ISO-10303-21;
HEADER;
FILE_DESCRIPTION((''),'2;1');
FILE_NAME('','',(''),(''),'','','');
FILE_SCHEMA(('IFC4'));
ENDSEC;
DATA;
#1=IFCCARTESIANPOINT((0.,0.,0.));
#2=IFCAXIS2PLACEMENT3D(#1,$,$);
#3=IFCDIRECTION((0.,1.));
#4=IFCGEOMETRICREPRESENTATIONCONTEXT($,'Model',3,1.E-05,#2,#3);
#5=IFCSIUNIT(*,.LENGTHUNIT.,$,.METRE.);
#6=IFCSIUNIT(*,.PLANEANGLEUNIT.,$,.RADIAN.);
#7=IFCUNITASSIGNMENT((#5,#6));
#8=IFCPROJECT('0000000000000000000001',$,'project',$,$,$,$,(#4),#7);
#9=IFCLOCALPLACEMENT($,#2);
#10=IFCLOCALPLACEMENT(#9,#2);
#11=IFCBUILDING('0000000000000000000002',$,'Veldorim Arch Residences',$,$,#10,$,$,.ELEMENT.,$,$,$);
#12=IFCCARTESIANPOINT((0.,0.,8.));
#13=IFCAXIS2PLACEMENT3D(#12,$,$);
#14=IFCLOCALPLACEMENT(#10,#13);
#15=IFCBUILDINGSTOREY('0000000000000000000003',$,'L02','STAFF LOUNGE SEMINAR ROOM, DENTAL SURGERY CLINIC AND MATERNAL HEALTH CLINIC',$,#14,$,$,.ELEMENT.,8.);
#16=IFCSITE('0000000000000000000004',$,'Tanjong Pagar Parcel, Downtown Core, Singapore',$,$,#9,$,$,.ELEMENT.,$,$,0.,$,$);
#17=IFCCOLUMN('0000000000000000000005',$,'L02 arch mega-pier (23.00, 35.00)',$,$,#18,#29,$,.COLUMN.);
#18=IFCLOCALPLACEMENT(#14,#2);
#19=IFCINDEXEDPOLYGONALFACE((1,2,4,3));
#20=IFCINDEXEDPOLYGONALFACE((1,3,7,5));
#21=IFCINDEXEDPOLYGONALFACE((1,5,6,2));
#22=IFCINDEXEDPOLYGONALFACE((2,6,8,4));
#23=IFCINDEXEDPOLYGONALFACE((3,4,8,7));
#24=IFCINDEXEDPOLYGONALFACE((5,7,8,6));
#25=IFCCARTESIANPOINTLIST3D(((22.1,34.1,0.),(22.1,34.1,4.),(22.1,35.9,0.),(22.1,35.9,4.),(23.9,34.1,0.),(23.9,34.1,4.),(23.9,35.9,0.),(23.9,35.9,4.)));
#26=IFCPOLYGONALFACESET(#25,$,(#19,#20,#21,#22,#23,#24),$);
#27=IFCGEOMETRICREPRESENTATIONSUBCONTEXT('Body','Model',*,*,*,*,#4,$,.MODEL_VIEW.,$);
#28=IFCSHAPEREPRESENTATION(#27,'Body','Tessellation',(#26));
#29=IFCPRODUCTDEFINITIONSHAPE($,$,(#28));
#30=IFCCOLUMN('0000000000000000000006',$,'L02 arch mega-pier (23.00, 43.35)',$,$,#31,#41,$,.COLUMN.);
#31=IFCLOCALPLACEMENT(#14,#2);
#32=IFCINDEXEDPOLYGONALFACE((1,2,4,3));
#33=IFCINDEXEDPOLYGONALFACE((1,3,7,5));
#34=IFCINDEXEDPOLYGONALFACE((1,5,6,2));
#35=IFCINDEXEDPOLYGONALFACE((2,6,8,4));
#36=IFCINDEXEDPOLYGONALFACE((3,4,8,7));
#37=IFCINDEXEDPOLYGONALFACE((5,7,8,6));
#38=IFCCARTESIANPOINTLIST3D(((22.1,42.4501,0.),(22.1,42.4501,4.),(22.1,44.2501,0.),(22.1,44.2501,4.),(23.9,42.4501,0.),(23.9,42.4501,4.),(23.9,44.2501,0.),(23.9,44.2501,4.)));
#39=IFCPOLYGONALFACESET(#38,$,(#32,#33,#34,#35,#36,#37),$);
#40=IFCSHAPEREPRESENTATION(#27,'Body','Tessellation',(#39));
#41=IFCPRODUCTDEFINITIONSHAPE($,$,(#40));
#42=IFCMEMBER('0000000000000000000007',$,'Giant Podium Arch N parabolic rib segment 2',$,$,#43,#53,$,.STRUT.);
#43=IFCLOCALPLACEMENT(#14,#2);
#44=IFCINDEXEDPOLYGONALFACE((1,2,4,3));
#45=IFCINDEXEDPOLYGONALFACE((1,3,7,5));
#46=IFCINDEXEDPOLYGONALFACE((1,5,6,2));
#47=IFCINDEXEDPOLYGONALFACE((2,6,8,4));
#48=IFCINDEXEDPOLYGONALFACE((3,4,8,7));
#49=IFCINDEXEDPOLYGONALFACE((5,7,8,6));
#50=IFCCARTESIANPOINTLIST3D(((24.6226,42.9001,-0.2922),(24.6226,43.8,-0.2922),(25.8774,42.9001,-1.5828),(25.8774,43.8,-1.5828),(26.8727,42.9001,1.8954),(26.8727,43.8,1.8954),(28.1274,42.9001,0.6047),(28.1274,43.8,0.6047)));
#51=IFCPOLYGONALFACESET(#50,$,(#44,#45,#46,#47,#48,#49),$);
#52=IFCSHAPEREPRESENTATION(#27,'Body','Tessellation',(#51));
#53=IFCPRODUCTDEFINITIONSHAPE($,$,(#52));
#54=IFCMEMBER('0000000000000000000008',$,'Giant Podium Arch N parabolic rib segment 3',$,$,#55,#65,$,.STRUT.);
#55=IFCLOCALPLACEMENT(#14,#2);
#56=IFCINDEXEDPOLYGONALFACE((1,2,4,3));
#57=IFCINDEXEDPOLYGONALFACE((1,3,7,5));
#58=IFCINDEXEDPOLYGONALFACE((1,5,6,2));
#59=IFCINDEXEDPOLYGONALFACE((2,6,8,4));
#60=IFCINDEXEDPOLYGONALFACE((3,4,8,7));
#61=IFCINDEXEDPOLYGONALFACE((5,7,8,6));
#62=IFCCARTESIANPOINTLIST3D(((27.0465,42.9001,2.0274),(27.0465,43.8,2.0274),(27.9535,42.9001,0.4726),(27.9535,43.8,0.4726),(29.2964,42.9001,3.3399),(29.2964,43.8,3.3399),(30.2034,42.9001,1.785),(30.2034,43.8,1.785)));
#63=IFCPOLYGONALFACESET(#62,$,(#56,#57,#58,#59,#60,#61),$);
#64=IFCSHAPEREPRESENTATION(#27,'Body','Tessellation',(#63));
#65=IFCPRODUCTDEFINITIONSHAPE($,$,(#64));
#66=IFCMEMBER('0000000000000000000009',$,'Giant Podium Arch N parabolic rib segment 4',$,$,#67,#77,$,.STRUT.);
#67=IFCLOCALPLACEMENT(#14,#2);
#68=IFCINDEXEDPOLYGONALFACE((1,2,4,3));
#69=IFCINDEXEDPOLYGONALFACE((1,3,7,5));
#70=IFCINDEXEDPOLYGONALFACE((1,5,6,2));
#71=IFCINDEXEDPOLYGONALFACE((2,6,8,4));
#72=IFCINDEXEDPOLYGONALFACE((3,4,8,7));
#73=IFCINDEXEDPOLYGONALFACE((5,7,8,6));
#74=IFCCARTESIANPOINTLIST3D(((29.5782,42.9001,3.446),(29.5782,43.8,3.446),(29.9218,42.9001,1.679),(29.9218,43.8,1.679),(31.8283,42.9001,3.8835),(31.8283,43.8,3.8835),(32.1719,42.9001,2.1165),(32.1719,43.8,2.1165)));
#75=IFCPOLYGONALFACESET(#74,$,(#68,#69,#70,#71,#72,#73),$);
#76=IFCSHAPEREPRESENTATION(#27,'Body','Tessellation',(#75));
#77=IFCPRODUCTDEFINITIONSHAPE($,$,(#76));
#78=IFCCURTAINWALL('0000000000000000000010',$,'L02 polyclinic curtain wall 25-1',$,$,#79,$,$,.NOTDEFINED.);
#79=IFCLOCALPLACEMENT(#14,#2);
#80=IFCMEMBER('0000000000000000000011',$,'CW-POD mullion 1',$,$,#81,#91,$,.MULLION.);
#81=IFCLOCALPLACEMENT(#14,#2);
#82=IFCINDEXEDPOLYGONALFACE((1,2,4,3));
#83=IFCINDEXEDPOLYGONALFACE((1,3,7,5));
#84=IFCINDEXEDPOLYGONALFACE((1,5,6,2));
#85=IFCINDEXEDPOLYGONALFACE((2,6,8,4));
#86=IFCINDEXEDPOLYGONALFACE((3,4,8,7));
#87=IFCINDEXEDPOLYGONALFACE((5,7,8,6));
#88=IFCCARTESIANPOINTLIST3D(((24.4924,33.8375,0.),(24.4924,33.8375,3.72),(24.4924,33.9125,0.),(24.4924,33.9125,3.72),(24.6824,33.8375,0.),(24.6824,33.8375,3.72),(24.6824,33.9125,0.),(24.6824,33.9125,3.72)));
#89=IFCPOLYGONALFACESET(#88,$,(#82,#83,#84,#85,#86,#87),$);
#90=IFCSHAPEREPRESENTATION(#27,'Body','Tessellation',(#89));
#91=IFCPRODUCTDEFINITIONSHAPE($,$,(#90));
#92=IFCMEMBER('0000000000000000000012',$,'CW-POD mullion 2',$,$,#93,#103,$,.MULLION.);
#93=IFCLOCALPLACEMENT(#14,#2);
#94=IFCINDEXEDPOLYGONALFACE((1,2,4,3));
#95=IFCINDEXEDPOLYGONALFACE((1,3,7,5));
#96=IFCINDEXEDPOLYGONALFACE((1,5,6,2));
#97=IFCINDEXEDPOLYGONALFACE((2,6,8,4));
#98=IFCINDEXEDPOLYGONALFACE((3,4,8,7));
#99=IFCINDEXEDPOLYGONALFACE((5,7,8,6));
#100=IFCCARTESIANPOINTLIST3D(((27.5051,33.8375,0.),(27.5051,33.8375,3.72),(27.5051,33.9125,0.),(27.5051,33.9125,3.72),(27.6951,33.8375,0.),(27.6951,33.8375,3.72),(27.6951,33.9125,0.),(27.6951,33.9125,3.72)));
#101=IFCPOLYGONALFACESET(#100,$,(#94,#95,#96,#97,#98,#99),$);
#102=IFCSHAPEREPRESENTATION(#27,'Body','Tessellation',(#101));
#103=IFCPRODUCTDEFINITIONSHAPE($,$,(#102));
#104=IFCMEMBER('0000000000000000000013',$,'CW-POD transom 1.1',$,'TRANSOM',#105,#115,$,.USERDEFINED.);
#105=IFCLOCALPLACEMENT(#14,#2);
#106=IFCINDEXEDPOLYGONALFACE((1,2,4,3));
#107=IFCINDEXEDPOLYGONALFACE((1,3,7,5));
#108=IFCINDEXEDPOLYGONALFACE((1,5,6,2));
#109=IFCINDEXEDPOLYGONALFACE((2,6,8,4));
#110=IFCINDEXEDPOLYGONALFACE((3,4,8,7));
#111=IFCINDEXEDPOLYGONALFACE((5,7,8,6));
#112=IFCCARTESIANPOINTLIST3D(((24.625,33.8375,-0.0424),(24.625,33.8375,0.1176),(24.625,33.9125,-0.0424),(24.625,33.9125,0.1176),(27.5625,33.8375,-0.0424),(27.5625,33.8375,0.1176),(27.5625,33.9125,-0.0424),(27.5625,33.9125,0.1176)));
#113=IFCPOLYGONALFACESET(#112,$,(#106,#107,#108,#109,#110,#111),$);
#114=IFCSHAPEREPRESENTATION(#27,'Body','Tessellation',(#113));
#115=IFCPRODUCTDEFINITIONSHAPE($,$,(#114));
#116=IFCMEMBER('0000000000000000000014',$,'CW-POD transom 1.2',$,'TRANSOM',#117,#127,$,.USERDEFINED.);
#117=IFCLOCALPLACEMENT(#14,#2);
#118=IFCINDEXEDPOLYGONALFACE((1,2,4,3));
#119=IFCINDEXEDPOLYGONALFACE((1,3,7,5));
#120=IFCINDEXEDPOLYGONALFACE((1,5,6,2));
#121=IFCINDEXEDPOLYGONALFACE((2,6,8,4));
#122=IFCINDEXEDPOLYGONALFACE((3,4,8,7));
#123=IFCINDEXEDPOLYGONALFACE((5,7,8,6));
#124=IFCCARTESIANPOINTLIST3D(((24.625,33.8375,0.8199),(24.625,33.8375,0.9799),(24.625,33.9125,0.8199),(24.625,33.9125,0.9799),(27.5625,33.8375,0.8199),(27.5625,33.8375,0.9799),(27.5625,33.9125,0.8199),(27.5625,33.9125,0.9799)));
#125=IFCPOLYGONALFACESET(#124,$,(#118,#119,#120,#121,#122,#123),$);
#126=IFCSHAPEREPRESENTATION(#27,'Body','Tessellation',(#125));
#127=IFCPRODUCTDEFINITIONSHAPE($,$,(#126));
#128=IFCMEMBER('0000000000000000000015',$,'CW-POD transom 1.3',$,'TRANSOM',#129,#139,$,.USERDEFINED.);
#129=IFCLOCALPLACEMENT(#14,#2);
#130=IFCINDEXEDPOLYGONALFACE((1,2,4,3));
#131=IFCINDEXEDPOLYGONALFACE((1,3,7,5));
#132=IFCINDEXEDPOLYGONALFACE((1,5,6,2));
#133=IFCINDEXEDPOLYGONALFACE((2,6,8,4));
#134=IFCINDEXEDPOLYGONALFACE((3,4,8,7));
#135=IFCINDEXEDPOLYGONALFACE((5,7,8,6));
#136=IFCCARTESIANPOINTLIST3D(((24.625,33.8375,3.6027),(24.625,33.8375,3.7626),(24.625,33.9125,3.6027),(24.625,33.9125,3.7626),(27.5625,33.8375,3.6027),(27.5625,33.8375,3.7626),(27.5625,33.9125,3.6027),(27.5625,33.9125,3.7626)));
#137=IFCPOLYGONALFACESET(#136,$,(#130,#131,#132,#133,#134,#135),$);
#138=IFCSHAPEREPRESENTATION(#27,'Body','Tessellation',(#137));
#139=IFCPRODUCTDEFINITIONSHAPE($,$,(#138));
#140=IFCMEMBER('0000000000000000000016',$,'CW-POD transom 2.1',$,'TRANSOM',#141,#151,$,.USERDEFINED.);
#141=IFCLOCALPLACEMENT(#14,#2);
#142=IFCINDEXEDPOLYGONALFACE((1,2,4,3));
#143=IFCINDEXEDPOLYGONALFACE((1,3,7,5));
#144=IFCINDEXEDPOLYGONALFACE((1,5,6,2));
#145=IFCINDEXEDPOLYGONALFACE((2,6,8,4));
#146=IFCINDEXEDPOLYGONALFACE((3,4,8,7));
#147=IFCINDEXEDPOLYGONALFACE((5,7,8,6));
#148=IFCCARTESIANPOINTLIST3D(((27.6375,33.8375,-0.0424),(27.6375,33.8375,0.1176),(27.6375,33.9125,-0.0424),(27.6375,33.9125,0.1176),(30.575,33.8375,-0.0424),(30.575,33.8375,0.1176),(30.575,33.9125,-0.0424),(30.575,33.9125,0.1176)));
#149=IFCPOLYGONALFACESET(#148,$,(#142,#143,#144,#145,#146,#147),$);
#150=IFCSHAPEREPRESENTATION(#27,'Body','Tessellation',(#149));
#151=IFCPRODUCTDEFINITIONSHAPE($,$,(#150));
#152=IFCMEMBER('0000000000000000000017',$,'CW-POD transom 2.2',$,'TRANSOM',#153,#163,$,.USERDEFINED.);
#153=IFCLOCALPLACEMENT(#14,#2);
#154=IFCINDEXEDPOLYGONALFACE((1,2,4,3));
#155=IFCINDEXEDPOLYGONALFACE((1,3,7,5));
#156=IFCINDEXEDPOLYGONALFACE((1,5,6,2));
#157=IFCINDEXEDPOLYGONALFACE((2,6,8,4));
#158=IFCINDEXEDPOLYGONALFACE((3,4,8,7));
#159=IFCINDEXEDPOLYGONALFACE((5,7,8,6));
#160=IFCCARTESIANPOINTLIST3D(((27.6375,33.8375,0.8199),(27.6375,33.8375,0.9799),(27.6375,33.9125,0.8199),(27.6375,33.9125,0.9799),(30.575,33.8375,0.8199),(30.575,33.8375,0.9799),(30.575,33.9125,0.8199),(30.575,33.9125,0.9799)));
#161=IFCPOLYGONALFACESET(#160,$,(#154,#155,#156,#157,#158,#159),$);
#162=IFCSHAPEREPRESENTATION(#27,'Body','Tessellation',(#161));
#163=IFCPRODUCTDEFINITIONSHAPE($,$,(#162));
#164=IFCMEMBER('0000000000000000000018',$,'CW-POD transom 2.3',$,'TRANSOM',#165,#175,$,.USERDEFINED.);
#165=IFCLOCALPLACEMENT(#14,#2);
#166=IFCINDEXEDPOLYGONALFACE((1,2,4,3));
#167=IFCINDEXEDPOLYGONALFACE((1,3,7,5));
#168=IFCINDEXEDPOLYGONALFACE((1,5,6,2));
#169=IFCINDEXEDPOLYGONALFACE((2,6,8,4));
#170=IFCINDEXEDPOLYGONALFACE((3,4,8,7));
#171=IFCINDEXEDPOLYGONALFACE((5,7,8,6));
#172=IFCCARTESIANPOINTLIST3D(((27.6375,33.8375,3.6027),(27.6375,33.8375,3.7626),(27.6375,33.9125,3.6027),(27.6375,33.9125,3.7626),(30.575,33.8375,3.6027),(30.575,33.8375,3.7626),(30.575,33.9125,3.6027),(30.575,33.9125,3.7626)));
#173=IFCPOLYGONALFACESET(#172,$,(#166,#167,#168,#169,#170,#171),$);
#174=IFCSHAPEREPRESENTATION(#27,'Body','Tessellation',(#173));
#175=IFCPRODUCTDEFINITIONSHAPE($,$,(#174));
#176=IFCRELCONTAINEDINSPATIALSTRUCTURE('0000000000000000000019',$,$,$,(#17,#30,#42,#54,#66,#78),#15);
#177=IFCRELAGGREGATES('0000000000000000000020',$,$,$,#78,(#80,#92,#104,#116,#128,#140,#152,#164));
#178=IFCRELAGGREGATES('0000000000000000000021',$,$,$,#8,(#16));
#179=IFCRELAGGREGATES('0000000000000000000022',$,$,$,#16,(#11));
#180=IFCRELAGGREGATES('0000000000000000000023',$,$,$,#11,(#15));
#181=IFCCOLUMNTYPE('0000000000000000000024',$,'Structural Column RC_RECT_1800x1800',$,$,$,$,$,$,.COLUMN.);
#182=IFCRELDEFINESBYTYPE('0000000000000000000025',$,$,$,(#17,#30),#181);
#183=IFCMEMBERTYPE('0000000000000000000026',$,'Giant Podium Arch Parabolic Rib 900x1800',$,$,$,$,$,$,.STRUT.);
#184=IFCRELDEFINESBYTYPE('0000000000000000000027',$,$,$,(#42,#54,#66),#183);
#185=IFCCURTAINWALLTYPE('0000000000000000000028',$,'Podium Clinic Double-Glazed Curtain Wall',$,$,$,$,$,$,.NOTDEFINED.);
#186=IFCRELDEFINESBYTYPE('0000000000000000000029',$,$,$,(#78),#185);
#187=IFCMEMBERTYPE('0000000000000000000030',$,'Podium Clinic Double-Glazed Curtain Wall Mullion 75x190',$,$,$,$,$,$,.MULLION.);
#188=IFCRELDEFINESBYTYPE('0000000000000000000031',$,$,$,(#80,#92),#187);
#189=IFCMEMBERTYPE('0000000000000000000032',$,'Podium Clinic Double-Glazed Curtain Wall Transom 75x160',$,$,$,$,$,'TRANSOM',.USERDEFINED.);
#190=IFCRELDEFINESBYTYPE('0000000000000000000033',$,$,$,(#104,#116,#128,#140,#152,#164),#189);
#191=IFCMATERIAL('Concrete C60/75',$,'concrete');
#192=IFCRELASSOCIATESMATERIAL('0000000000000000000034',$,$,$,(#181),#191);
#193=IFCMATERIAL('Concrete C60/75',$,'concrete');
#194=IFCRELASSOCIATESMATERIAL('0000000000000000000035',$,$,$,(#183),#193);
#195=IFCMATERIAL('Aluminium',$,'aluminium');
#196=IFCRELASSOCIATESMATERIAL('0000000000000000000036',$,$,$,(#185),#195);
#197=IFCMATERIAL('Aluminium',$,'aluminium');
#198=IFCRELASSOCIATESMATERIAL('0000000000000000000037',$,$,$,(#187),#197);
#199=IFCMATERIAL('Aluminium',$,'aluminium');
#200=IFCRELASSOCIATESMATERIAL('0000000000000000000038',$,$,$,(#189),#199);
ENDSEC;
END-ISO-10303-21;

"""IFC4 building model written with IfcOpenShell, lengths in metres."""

from ifc_helpers import new_model, si_unit, direction, frame, origin, origin_2d, place, context, subcontext, project, spatial, rectangle, extrude, material, material_profile, profile_set, type_object, element, aggregate, save


model = new_model("IFC4")

# Units and contexts
model_context = context("Model", 3, precision=1e-05, world=origin(), true_north=direction((0.0, 1.0)))
body_context = subcontext(model_context, "Body", "Model", "MODEL_VIEW")
ifc_project = project(units=[si_unit("LENGTHUNIT", "METRE"), si_unit("PLANEANGLEUNIT", "RADIAN")], contexts=[model_context])

# Site, building, storey
site_placement = place(None, origin())
site = spatial("IfcSite", under=ifc_project, at=site_placement, Name="Tanjong Pagar Parcel, Downtown Core, Singapore", CompositionType="ELEMENT", RefElevation=0.0)
building_placement = place(site_placement, origin())
building = spatial("IfcBuilding", under=site, at=building_placement, Name="Veldorim Arch Residences", CompositionType="ELEMENT")
storey_placement = place(building_placement, frame((0.0, 0.0, 8.0)))
storey = spatial("IfcBuildingStorey", under=building, at=storey_placement, Name="L02", Description="STAFF LOUNGE SEMINAR ROOM, DENTAL SURGERY CLINIC AND MATERNAL HEALTH CLINIC", CompositionType="ELEMENT", Elevation=8.0)

# Columns
ifc_material_1 = material(Name="Concrete C60/75", Category="concrete")
ifc_material_profile_1 = material_profile(ifc_material_1, rectangle(XDim=1.8, YDim=1.8, at=origin_2d()), Name="RC_RECT_1800x1800")
ifc_profile_set_1 = profile_set([ifc_material_profile_1], Name="Concrete C60/75")
column_type = type_object("IfcColumnType", Name="Structural Column RC_RECT_1800x1800", PredefinedType="COLUMN", material=ifc_profile_set_1)
for number, where, z_axis, x_axis, name in (
    (1, (23.0, 35.0, 0.0), (0.0, 0.0, 1.0), (1.0, 0.0, 0.0), "L02 arch mega-pier (23.00, 35.00)"),
    (2, (23.0, 43.3501, 0.0), (0.0, 0.0, 1.0), (1.0, 0.0, 0.0), "L02 arch mega-pier (23.00, 43.35)"),
):
    element("IfcColumn", number, at=place(storey_placement, frame(where, z_axis=z_axis, x_axis=x_axis)), inside=storey, type_object=column_type, Name=name, PredefinedType="COLUMN", context=body_context, shape_type="SweptSolid", body=[
        extrude(rectangle(XDim=1.8, YDim=1.8, at=origin_2d()), origin(), (0.0, 0.0, 1.0), 4.0),
    ])

# Members
ifc_material_2 = material(Name="Concrete C60/75", Category="concrete")
ifc_material_profile_2 = material_profile(ifc_material_2, rectangle(XDim=0.8999, YDim=1.8, at=origin_2d()), Name="RC_RECT_900x1800")
ifc_profile_set_2 = profile_set([ifc_material_profile_2], Name="Concrete C60/75")
member_type_1 = type_object("IfcMemberType", Name="Giant Podium Arch Parabolic Rib 900x1800", PredefinedType="STRUT", material=ifc_profile_set_2)
member_1_placement = place(storey_placement, frame((25.25, 43.3501, -0.9375), z_axis=(0.716995, 0.0, 0.697078), x_axis=(0.0, 1.0, 0.0)))
element("IfcMember", 3, at=member_1_placement, inside=storey, type_object=member_type_1, Name="Giant Podium Arch N parabolic rib segment 2", PredefinedType="STRUT", context=body_context, shape_type="SweptSolid", body=[
    extrude(rectangle(XDim=0.8999, YDim=1.8, at=origin_2d()), origin(), (0.0, 0.0, 1.0), 3.1382),
])
member_2_placement = place(storey_placement, frame((27.5, 43.3501, 1.25), z_axis=(0.863779, 0.0, 0.503871), x_axis=(0.0, 1.0, 0.0)))
element("IfcMember", 4, at=member_2_placement, inside=storey, type_object=member_type_1, Name="Giant Podium Arch N parabolic rib segment 3", PredefinedType="STRUT", context=body_context, shape_type="SweptSolid", body=[
    extrude(rectangle(XDim=0.8999, YDim=1.8, at=origin_2d()), origin(), (0.0, 0.0, 1.0), 2.6047),
])
member_3_placement = place(storey_placement, frame((29.75, 43.3501, 2.5625), z_axis=(0.981615, 0.0, 0.19087), x_axis=(0.0, 1.0, 0.0)))
element("IfcMember", 5, at=member_3_placement, inside=storey, type_object=member_type_1, Name="Giant Podium Arch N parabolic rib segment 4", PredefinedType="STRUT", context=body_context, shape_type="SweptSolid", body=[
    extrude(rectangle(XDim=0.8999, YDim=1.8, at=origin_2d()), origin(), (0.0, 0.0, 1.0), 2.2922),
])

# Curtain wall, members
ifc_material_3 = material(Name="Aluminium", Category="aluminium")
curtain_wall_type = type_object("IfcCurtainWallType", Name="Podium Clinic Double-Glazed Curtain Wall", PredefinedType="NOTDEFINED", material=ifc_material_3)
curtain_wall_placement = place(storey_placement, origin())
curtain_wall = element("IfcCurtainWall", 6, at=curtain_wall_placement, inside=storey, type_object=curtain_wall_type, Name="L02 polyclinic curtain wall 25-1", PredefinedType="NOTDEFINED")
ifc_material_4 = material(Name="Aluminium", Category="aluminium")
ifc_material_profile_3 = material_profile(ifc_material_4, rectangle(XDim=0.075, YDim=0.1899, at=origin_2d()), Name="ALU_MUL_75x190")
ifc_profile_set_3 = profile_set([ifc_material_profile_3], Name="Aluminium")
member_type_2 = type_object("IfcMemberType", Name="Podium Clinic Double-Glazed Curtain Wall Mullion 75x190", PredefinedType="MULLION", material=ifc_profile_set_3)
member_4_placement = place(storey_placement, frame((24.5874, 33.875, 0.0), z_axis=(0.0, 0.0, 1.0), x_axis=(0.0, 1.0, 0.0)))
member_4 = element("IfcMember", 7, at=member_4_placement, type_object=member_type_2, Name="CW-POD mullion 1", PredefinedType="MULLION", context=body_context, shape_type="SweptSolid", body=[
    extrude(rectangle(XDim=0.075, YDim=0.1899, at=origin_2d()), origin(), (0.0, 0.0, 1.0), 3.72),
])
member_5_placement = place(storey_placement, frame((27.6001, 33.875, 0.0), z_axis=(0.0, 0.0, 1.0), x_axis=(0.0, 1.0, 0.0)))
member_5 = element("IfcMember", 8, at=member_5_placement, type_object=member_type_2, Name="CW-POD mullion 2", PredefinedType="MULLION", context=body_context, shape_type="SweptSolid", body=[
    extrude(rectangle(XDim=0.075, YDim=0.1899, at=origin_2d()), origin(), (0.0, 0.0, 1.0), 3.72),
])
ifc_material_5 = material(Name="Aluminium", Category="aluminium")
ifc_material_profile_4 = material_profile(ifc_material_5, rectangle(XDim=0.075, YDim=0.1599, at=origin_2d()), Name="ALU_TRN_75x160")
ifc_profile_set_4 = profile_set([ifc_material_profile_4], Name="Aluminium")
member_type_3 = type_object("IfcMemberType", Name="Podium Clinic Double-Glazed Curtain Wall Transom 75x160", ElementType="TRANSOM", PredefinedType="USERDEFINED", material=ifc_profile_set_4)
member_6_placement = place(storey_placement, frame((24.625, 33.875, 0.0376), z_axis=(1.0, 0.0, 0.0), x_axis=(0.0, 1.0, 0.0)))
member_6 = element("IfcMember", 9, at=member_6_placement, type_object=member_type_3, Name="CW-POD transom 1.1", ObjectType="TRANSOM", PredefinedType="USERDEFINED", context=body_context, shape_type="SweptSolid", body=[
    extrude(rectangle(XDim=0.075, YDim=0.1599, at=origin_2d()), origin(), (0.0, 0.0, 1.0), 2.9375),
])
member_7_placement = place(storey_placement, frame((24.625, 33.875, 0.8999), z_axis=(1.0, 0.0, 0.0), x_axis=(0.0, 1.0, 0.0)))
member_7 = element("IfcMember", 10, at=member_7_placement, type_object=member_type_3, Name="CW-POD transom 1.2", ObjectType="TRANSOM", PredefinedType="USERDEFINED", context=body_context, shape_type="SweptSolid", body=[
    extrude(rectangle(XDim=0.075, YDim=0.1599, at=origin_2d()), origin(), (0.0, 0.0, 1.0), 2.9375),
])
member_8_placement = place(storey_placement, frame((24.625, 33.875, 3.6826), z_axis=(1.0, 0.0, 0.0), x_axis=(0.0, 1.0, 0.0)))
member_8 = element("IfcMember", 11, at=member_8_placement, type_object=member_type_3, Name="CW-POD transom 1.3", ObjectType="TRANSOM", PredefinedType="USERDEFINED", context=body_context, shape_type="SweptSolid", body=[
    extrude(rectangle(XDim=0.075, YDim=0.1599, at=origin_2d()), origin(), (0.0, 0.0, 1.0), 2.9375),
])
member_9_placement = place(storey_placement, frame((27.6375, 33.875, 0.0376), z_axis=(1.0, 0.0, 0.0), x_axis=(0.0, 1.0, 0.0)))
member_9 = element("IfcMember", 12, at=member_9_placement, type_object=member_type_3, Name="CW-POD transom 2.1", ObjectType="TRANSOM", PredefinedType="USERDEFINED", context=body_context, shape_type="SweptSolid", body=[
    extrude(rectangle(XDim=0.075, YDim=0.1599, at=origin_2d()), origin(), (0.0, 0.0, 1.0), 2.9375),
])
member_10_placement = place(storey_placement, frame((27.6375, 33.875, 0.8999), z_axis=(1.0, 0.0, 0.0), x_axis=(0.0, 1.0, 0.0)))
member_10 = element("IfcMember", 13, at=member_10_placement, type_object=member_type_3, Name="CW-POD transom 2.2", ObjectType="TRANSOM", PredefinedType="USERDEFINED", context=body_context, shape_type="SweptSolid", body=[
    extrude(rectangle(XDim=0.075, YDim=0.1599, at=origin_2d()), origin(), (0.0, 0.0, 1.0), 2.9375),
])
member_11_placement = place(storey_placement, frame((27.6375, 33.875, 3.6826), z_axis=(1.0, 0.0, 0.0), x_axis=(0.0, 1.0, 0.0)))
member_11 = element("IfcMember", 14, at=member_11_placement, type_object=member_type_3, Name="CW-POD transom 2.3", ObjectType="TRANSOM", PredefinedType="USERDEFINED", context=body_context, shape_type="SweptSolid", body=[
    extrude(rectangle(XDim=0.075, YDim=0.1599, at=origin_2d()), origin(), (0.0, 0.0, 1.0), 2.9375),
])

aggregate(curtain_wall, [member_4, member_5, member_6, member_7, member_8, member_9, member_10, member_11])

save(model, "model.ifc")
